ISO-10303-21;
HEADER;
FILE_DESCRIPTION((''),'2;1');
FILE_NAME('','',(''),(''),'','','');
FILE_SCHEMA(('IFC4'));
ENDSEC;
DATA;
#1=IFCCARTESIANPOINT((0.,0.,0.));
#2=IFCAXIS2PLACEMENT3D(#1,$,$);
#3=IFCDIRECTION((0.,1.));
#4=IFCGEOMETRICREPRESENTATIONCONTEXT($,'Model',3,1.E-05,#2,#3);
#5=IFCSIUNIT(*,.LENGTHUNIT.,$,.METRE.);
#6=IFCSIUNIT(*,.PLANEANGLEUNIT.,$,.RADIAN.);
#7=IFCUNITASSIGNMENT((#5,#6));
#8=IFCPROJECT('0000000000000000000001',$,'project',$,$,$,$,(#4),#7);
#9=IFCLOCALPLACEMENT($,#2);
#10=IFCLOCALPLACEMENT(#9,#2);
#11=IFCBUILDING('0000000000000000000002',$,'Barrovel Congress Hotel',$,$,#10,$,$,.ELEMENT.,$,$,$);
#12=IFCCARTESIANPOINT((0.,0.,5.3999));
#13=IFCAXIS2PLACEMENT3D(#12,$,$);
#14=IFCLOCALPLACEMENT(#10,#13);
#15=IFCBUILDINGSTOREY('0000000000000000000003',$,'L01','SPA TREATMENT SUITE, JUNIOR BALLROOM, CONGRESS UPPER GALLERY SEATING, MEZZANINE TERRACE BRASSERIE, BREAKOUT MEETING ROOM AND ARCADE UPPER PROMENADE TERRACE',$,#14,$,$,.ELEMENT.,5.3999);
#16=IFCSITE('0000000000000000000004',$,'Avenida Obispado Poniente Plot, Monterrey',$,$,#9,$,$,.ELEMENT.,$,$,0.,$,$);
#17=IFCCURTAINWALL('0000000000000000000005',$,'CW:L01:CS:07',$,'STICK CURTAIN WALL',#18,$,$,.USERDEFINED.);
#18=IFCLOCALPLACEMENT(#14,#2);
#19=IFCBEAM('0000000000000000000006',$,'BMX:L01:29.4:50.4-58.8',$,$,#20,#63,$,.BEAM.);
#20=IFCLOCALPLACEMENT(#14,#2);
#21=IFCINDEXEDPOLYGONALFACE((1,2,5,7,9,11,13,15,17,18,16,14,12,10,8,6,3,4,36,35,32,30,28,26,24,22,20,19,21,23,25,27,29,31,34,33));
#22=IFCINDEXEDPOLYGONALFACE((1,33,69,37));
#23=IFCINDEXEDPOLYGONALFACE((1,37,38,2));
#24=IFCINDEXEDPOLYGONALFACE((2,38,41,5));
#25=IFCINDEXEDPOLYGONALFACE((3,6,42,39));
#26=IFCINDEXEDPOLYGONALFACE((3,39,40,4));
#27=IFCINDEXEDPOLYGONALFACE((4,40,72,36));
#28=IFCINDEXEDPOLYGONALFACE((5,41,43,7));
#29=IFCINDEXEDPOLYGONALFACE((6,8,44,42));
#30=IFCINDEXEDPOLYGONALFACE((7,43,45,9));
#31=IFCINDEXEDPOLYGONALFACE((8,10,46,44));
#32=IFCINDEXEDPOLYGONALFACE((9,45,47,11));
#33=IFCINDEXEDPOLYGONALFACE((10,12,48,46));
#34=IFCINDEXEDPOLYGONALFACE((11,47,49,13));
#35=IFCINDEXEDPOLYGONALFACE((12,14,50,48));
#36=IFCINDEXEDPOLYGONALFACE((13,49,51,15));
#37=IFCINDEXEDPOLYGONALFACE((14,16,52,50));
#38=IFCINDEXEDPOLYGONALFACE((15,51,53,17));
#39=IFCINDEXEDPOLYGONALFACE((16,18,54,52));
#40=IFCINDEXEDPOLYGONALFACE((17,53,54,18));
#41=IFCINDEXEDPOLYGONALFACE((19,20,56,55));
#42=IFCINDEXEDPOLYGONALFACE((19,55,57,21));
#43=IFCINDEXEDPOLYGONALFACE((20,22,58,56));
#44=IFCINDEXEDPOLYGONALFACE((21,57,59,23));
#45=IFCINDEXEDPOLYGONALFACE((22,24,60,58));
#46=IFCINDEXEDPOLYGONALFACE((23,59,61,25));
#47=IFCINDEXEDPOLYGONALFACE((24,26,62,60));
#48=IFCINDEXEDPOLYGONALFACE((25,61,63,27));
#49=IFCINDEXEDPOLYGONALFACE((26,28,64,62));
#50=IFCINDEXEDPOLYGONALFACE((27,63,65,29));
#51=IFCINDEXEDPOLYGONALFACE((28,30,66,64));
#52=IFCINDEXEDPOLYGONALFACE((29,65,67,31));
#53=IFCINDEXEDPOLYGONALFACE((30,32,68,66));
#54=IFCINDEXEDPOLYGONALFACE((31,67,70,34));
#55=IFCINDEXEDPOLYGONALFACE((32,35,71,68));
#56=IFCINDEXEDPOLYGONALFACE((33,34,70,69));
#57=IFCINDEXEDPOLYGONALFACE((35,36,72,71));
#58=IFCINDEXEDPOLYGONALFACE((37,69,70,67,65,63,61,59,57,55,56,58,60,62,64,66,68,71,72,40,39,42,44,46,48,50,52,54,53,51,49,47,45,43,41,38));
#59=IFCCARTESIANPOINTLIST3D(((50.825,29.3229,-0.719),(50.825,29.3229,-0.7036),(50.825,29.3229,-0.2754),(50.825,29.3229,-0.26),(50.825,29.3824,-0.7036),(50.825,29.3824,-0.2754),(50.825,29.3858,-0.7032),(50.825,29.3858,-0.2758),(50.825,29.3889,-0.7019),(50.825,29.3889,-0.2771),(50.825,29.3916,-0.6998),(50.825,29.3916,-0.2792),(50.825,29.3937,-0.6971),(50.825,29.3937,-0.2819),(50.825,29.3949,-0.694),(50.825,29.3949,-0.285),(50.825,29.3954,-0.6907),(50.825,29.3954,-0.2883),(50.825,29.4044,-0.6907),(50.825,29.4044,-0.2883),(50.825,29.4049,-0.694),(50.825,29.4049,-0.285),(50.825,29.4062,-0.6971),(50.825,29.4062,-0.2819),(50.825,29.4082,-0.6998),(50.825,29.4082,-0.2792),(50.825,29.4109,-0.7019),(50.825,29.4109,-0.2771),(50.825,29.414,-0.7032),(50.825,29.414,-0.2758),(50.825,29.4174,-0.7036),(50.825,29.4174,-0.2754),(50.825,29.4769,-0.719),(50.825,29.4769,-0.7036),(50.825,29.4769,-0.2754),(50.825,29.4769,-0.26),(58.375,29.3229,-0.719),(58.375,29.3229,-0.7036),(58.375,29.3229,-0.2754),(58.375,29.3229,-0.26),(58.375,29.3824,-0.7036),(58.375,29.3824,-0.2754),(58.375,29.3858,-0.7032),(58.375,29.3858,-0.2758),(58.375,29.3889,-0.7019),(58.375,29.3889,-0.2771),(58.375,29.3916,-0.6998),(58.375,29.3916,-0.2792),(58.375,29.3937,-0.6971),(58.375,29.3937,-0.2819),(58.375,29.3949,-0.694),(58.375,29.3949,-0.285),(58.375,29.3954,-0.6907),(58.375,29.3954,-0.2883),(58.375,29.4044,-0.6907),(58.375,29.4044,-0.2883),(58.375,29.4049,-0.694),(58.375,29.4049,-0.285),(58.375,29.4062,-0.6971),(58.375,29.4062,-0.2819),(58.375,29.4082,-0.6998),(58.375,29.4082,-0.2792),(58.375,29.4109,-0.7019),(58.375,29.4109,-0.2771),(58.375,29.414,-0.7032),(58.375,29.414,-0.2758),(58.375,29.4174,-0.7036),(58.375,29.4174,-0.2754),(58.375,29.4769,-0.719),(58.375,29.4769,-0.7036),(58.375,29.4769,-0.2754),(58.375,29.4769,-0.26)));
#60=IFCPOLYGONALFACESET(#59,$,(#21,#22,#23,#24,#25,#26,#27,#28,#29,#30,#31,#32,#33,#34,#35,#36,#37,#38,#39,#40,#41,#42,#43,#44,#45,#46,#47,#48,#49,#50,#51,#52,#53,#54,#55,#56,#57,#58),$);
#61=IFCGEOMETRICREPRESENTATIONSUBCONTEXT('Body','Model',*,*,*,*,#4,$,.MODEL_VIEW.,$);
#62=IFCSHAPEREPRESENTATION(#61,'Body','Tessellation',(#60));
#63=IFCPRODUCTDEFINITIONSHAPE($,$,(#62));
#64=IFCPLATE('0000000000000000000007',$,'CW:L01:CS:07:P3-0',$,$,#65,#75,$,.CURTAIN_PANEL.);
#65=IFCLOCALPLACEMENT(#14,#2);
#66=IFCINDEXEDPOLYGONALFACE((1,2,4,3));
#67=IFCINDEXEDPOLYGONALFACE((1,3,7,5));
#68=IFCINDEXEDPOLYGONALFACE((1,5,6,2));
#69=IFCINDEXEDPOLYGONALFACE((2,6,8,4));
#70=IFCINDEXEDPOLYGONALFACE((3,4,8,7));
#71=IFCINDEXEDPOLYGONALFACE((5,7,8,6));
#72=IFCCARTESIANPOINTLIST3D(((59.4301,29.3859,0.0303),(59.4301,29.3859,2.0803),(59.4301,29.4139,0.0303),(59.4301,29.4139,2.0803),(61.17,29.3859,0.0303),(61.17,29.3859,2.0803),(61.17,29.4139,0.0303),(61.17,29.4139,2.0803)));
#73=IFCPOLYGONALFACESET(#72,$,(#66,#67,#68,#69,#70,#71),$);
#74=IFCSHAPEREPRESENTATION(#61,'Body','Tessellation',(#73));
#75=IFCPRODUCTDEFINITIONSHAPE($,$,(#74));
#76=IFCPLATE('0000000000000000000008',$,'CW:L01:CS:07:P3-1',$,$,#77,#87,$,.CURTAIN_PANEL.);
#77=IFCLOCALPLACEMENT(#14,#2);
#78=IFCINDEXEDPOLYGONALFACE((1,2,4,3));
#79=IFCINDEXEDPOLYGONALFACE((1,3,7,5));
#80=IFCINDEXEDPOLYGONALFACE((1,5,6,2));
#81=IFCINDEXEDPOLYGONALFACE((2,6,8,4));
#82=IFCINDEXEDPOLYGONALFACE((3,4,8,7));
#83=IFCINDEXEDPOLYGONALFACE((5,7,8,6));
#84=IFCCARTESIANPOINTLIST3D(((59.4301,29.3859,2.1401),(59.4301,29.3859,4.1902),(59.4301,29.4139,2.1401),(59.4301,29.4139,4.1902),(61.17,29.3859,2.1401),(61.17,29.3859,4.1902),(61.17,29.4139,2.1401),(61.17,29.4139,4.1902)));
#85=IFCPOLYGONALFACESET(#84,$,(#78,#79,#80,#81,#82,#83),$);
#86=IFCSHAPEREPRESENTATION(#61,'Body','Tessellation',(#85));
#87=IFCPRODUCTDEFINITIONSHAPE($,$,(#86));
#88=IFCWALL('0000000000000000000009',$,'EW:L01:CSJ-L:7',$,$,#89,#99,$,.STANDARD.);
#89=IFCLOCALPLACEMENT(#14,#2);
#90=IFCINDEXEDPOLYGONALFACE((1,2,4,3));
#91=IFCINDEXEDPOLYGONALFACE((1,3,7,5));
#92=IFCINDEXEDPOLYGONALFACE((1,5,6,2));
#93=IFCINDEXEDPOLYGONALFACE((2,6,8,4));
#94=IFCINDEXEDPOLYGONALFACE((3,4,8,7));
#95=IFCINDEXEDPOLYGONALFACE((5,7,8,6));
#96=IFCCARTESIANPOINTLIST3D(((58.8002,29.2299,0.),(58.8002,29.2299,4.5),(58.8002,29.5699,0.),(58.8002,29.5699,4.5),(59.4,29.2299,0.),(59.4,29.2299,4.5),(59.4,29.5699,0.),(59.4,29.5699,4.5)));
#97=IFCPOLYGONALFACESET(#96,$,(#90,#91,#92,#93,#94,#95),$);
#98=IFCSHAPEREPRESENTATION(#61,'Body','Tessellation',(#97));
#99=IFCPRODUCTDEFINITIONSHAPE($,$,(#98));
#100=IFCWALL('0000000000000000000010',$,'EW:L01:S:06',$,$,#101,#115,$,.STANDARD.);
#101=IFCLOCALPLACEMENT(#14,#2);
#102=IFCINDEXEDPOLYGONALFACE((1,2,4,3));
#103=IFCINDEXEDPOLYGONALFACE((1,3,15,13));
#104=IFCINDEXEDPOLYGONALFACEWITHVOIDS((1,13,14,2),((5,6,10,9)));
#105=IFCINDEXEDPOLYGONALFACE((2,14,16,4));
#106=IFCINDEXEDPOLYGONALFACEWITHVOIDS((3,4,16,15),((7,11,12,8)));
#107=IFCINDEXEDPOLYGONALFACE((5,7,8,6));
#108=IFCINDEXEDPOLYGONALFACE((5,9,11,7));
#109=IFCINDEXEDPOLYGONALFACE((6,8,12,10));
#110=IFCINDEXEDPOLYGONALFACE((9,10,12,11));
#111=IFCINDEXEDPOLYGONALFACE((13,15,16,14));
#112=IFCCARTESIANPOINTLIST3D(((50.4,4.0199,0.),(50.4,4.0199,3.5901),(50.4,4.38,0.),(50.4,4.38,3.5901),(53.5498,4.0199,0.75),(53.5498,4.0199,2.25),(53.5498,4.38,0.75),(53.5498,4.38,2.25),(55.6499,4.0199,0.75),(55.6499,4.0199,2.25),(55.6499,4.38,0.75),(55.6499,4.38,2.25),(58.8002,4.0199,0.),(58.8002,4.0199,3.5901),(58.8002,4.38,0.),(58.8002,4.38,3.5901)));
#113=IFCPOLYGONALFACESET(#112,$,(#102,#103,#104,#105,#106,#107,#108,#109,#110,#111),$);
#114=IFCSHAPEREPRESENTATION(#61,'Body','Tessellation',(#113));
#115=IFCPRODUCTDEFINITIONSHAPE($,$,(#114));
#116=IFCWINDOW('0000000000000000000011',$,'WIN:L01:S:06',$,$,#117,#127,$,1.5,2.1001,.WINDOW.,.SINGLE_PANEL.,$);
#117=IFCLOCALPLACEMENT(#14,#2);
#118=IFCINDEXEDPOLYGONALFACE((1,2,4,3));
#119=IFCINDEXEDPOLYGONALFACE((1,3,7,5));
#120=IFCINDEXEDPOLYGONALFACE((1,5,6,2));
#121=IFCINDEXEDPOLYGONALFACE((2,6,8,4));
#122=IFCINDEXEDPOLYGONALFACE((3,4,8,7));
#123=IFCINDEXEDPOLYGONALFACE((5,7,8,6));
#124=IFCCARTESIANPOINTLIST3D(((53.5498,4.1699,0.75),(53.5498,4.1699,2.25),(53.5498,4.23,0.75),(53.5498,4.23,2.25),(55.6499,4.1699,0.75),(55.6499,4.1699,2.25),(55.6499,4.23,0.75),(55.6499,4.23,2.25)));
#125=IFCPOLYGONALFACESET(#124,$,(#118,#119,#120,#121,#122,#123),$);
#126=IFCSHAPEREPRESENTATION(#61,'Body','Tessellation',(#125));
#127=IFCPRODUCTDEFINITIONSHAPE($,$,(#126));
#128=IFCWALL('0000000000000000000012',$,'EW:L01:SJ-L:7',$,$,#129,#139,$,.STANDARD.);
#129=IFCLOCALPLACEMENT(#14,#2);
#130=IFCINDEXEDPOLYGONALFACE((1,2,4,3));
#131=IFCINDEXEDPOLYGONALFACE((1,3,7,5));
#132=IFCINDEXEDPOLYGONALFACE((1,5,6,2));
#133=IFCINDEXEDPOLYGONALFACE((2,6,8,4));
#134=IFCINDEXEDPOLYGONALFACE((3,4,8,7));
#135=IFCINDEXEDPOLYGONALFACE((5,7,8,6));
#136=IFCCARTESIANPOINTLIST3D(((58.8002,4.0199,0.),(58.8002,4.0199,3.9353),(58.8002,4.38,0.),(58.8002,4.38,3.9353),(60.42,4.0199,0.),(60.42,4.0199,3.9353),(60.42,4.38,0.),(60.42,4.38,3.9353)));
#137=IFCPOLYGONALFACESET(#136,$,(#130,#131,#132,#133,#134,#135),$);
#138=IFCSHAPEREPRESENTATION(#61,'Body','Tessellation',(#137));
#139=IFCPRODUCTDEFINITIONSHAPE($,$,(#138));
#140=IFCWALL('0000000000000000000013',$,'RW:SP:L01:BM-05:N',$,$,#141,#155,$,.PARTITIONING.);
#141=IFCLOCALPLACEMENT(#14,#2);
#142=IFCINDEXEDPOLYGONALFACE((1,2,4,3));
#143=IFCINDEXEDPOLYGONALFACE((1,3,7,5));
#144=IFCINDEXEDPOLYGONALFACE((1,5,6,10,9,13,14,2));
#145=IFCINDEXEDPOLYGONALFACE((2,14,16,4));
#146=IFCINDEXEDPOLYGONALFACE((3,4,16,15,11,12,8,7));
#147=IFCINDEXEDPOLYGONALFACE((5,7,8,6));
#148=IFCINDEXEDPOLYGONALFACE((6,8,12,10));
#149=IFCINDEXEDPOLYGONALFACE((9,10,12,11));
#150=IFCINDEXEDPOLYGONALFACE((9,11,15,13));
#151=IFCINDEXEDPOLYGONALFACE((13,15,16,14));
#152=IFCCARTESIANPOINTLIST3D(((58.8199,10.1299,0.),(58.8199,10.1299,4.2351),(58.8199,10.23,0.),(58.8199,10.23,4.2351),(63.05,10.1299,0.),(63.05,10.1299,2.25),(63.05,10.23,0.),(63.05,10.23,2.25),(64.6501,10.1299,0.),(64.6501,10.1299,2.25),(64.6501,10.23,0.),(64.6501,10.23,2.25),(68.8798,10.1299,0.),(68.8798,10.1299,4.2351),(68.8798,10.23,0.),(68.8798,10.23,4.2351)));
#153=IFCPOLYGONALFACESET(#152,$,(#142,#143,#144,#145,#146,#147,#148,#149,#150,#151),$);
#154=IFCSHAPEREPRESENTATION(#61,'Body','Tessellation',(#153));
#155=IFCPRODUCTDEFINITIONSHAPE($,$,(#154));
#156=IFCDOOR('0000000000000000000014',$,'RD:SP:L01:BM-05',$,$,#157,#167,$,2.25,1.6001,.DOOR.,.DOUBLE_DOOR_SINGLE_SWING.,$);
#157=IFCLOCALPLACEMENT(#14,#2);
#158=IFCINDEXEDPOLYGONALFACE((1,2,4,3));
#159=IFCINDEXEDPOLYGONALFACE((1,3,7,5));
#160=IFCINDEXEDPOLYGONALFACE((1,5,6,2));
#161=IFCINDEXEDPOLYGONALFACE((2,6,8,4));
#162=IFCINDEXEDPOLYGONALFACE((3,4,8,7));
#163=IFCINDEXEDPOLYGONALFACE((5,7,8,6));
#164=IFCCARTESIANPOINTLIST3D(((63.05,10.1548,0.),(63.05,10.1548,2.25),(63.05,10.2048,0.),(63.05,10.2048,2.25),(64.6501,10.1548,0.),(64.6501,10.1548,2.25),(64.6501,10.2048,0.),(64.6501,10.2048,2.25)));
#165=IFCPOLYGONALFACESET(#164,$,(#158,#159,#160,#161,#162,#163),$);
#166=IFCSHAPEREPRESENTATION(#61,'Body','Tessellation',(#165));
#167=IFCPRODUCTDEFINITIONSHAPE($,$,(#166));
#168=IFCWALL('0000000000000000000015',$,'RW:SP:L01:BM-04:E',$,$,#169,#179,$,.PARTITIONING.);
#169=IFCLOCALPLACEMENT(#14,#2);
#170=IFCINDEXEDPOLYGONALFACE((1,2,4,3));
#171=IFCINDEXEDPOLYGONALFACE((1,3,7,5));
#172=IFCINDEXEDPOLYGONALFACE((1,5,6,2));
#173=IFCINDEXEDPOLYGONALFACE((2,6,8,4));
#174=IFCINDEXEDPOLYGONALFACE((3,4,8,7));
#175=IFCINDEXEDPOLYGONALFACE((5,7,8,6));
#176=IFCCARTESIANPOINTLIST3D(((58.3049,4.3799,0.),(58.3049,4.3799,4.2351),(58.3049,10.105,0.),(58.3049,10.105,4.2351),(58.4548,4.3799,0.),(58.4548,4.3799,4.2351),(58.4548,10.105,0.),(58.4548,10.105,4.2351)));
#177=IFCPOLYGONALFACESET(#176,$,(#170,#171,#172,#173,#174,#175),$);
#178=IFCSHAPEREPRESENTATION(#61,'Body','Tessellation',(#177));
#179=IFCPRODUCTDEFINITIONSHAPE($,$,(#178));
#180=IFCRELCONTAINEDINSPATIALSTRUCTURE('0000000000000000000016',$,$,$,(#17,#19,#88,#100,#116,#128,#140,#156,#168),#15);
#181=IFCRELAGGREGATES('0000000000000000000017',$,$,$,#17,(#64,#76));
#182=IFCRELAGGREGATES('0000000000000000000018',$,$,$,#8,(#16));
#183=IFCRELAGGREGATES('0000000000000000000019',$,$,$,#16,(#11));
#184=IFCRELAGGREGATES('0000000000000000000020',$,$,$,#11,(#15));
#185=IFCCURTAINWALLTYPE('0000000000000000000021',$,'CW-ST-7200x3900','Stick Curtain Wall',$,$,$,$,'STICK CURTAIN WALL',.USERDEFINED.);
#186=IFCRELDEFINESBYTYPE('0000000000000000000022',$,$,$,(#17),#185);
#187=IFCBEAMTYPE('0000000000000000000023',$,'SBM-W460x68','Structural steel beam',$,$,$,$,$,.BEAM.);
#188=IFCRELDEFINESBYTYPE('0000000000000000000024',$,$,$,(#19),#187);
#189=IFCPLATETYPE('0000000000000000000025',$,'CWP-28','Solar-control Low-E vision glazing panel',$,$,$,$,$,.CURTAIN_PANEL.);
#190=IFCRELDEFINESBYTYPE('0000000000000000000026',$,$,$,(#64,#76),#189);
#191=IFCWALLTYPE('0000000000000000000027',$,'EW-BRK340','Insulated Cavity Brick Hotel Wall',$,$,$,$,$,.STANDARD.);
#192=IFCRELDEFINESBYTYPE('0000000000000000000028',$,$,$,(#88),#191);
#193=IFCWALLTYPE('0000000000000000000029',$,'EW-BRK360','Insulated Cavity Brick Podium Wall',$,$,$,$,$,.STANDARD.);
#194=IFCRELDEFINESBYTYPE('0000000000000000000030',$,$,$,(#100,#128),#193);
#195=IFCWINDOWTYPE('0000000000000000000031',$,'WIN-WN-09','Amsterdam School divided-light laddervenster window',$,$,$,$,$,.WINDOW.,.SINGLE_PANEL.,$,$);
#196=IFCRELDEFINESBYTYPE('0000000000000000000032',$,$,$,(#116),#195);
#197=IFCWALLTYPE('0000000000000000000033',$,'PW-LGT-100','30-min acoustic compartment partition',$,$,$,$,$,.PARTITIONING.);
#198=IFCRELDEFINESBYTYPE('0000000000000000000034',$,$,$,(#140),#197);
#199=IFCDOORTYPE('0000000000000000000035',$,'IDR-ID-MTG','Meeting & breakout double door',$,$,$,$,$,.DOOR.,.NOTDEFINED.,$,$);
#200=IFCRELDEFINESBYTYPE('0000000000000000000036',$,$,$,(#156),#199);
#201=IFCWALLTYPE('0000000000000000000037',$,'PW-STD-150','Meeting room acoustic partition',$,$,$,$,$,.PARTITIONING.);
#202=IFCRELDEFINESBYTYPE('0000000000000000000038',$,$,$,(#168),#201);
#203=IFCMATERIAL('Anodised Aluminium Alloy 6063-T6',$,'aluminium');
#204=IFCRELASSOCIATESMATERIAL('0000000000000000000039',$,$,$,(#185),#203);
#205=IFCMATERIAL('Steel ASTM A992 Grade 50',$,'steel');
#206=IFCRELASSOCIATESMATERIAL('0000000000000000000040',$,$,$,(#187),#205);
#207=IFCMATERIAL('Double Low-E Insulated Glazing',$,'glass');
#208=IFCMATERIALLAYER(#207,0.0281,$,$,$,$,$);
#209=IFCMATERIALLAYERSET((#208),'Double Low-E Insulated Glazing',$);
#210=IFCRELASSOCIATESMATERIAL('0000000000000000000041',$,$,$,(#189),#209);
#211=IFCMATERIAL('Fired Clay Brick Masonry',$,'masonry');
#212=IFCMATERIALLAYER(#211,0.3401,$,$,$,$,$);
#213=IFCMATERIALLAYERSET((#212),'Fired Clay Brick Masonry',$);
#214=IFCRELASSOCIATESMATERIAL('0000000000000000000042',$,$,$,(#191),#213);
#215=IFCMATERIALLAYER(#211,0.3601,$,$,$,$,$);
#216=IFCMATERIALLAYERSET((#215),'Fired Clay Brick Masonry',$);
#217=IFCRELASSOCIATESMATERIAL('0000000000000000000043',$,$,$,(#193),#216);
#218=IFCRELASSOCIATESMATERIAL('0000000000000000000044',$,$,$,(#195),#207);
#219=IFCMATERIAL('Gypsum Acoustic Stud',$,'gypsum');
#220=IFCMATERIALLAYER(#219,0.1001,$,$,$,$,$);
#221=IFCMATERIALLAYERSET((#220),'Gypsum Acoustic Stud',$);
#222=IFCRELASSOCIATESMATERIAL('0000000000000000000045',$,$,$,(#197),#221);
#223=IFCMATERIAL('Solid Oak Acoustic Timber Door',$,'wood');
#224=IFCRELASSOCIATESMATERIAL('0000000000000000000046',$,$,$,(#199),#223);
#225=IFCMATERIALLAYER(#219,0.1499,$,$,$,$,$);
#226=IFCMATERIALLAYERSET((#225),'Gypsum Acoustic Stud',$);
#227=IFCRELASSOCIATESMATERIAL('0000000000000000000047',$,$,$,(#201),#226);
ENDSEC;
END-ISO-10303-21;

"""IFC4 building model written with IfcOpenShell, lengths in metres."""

from ifc_helpers import new_model, si_unit, direction, frame, frame_2d, origin, origin_2d, place, context, subcontext, project, spatial, rectangle, i_section, extrude, material, layer, layer_set, material_profile, profile_set, type_object, element, fill, aggregate, save


model = new_model("IFC4")

# Units and contexts
model_context = context("Model", 3, precision=1e-05, world=origin(), true_north=direction((0.0, 1.0)))
body_context = subcontext(model_context, "Body", "Model", "MODEL_VIEW")
ifc_project = project(units=[si_unit("LENGTHUNIT", "METRE"), si_unit("PLANEANGLEUNIT", "RADIAN")], contexts=[model_context])

# Site, building, storey
site_placement = place(None, origin())
site = spatial("IfcSite", under=ifc_project, at=site_placement, Name="Avenida Obispado Poniente Plot, Monterrey", CompositionType="ELEMENT", RefElevation=0.0)
building_placement = place(site_placement, origin())
building = spatial("IfcBuilding", under=site, at=building_placement, Name="Barrovel Congress Hotel", CompositionType="ELEMENT")
storey_placement = place(building_placement, frame((0.0, 0.0, 5.3999)))
storey = spatial("IfcBuildingStorey", under=building, at=storey_placement, Name="L01", Description="SPA TREATMENT SUITE, JUNIOR BALLROOM, CONGRESS UPPER GALLERY SEATING, MEZZANINE TERRACE BRASSERIE, BREAKOUT MEETING ROOM AND ARCADE UPPER PROMENADE TERRACE", CompositionType="ELEMENT", Elevation=5.3999)

# Curtain wall
ifc_material_1 = material(Name="Anodised Aluminium Alloy 6063-T6", Category="aluminium")
curtain_wall_type = type_object("IfcCurtainWallType", Name="CW-ST-7200x3900", Description="Stick Curtain Wall", ElementType="STICK CURTAIN WALL", PredefinedType="USERDEFINED", material=ifc_material_1)
curtain_wall_1_placement = place(storey_placement, origin())
curtain_wall_1 = element("IfcCurtainWall", 1, at=curtain_wall_1_placement, inside=storey, type_object=curtain_wall_type, Name="CW:L01:CS:07", ObjectType="STICK CURTAIN WALL", PredefinedType="USERDEFINED")

# Beam
ifc_material_2 = material(Name="Steel ASTM A992 Grade 50", Category="steel")
ifc_material_profile_1 = material_profile(ifc_material_2, i_section(OverallWidth=0.1541, OverallDepth=0.459, WebThickness=0.009, FlangeThickness=0.0154, FilletRadius=0.0129, at=origin_2d()), Name="W460x68")
ifc_profile_set_1 = profile_set([ifc_material_profile_1], Name="Steel ASTM A992 Grade 50")
beam_type_1 = type_object("IfcBeamType", Name="SBM-W460x68", Description="Structural steel beam", PredefinedType="BEAM", material=ifc_profile_set_1)
beam_1_placement = place(storey_placement, frame((50.825, 29.3999, -0.4895), z_axis=(1.0, 0.0, 0.0), x_axis=(0.0, 1.0, 0.0)))
element("IfcBeam", 2, at=beam_1_placement, inside=storey, type_object=beam_type_1, Name="BMX:L01:29.4:50.4-58.8", PredefinedType="BEAM", context=body_context, shape_type="SweptSolid", body=[
    extrude(i_section(OverallWidth=0.1541, OverallDepth=0.459, WebThickness=0.009, FlangeThickness=0.0154, FilletRadius=0.0129, at=origin_2d()), origin(), (0.0, 0.0, 1.0), 7.55),
])

# Plates
ifc_material_3 = material(Name="Double Low-E Insulated Glazing", Category="glass")
ifc_layer_1 = layer(ifc_material_3, 0.0281)
ifc_layer_set_1 = layer_set([ifc_layer_1], Name="Double Low-E Insulated Glazing")
plate_type = type_object("IfcPlateType", Name="CWP-28", Description="Solar-control Low-E vision glazing panel", PredefinedType="CURTAIN_PANEL", material=ifc_layer_set_1)
plate_1_placement = place(storey_placement, frame((60.3, 29.3999, 0.0303), z_axis=(0.0, 0.0, 1.0), x_axis=(-1.0, 0.0, 0.0)))
plate_1 = element("IfcPlate", 3, at=plate_1_placement, type_object=plate_type, Name="CW:L01:CS:07:P3-0", PredefinedType="CURTAIN_PANEL", context=body_context, shape_type="SweptSolid", body=[
    extrude(rectangle(XDim=1.74, YDim=0.0281, at=origin_2d()), origin(), (0.0, 0.0, 1.0), 2.05),
])
plate_2_placement = place(storey_placement, frame((60.3, 29.3999, 2.1401), z_axis=(0.0, 0.0, 1.0), x_axis=(-1.0, 0.0, 0.0)))
plate_2 = element("IfcPlate", 4, at=plate_2_placement, type_object=plate_type, Name="CW:L01:CS:07:P3-1", PredefinedType="CURTAIN_PANEL", context=body_context, shape_type="SweptSolid", body=[
    extrude(rectangle(XDim=1.74, YDim=0.0281, at=origin_2d()), origin(), (0.0, 0.0, 1.0), 2.05),
])
aggregate(curtain_wall_1, [plate_1, plate_2])

# Wall
ifc_material_4 = material(Name="Fired Clay Brick Masonry", Category="masonry")
ifc_layer_2 = layer(ifc_material_4, 0.3401)
ifc_layer_set_2 = layer_set([ifc_layer_2], Name="Fired Clay Brick Masonry")
wall_type_1 = type_object("IfcWallType", Name="EW-BRK340", Description="Insulated Cavity Brick Hotel Wall", PredefinedType="STANDARD", material=ifc_layer_set_2)
wall_1_placement = place(storey_placement, frame((59.3999, 29.3999, 0.0), z_axis=(0.0, 0.0, 1.0), x_axis=(-1.0, 0.0, 0.0)))
element("IfcWall", 5, at=wall_1_placement, inside=storey, type_object=wall_type_1, Name="EW:L01:CSJ-L:7", PredefinedType="STANDARD", context=body_context, shape_type="SweptSolid", body=[
    extrude(rectangle(XDim=0.5999, YDim=0.3401, at=frame_2d((0.2998, 0.0))), origin(), (0.0, 0.0, 1.0), 4.5),
])

# Wall, opening, window
ifc_layer_3 = layer(ifc_material_4, 0.3601)
ifc_layer_set_3 = layer_set([ifc_layer_3], Name="Fired Clay Brick Masonry")
wall_type_2 = type_object("IfcWallType", Name="EW-BRK360", Description="Insulated Cavity Brick Podium Wall", PredefinedType="STANDARD", material=ifc_layer_set_3)
wall_2_placement = place(storey_placement, frame((50.3999, 4.2, 0.0), z_axis=(0.0, 0.0, 1.0), x_axis=(1.0, 0.0, 0.0)))
wall_2 = element("IfcWall", 6, at=wall_2_placement, inside=storey, type_object=wall_type_2, Name="EW:L01:S:06", PredefinedType="STANDARD", context=body_context, shape_type="SweptSolid", body=[
    extrude(rectangle(XDim=8.4001, YDim=0.3601, at=frame_2d((4.2002, 0.0))), origin(), (0.0, 0.0, 1.0), 3.5901),
])
opening_1_placement = place(wall_2_placement, frame((3.1499, 0.0, 0.75)))
opening_1 = element("IfcOpeningElement", 7, at=opening_1_placement, cuts=wall_2, PredefinedType="OPENING", context=body_context, shape_type="SweptSolid", body=[
    extrude(rectangle(XDim=2.1001, YDim=1.5, at=frame_2d((1.05, 0.75))), frame((0.0, 0.1899, 0.0), z_axis=(0.0, -1.0, 0.0), x_axis=(1.0, 0.0, 0.0)), (0.0, 0.0, 1.0), 0.3801),
])
window_type = type_object("IfcWindowType", Name="WIN-WN-09", Description="Amsterdam School divided-light laddervenster window", PartitioningType="SINGLE_PANEL", PredefinedType="WINDOW", material=ifc_material_3)
window_placement = place(opening_1_placement, origin())
window = element("IfcWindow", 8, at=window_placement, inside=storey, type_object=window_type, Name="WIN:L01:S:06", OverallHeight=1.5, OverallWidth=2.1001, PartitioningType="SINGLE_PANEL", PredefinedType="WINDOW", context=body_context, shape_type="SweptSolid", body=[
    extrude(rectangle(XDim=2.1001, YDim=1.5, at=frame_2d((1.05, 0.75))), frame((0.0, 0.03, 0.0), z_axis=(0.0, -1.0, 0.0), x_axis=(1.0, 0.0, 0.0)), (0.0, 0.0, 1.0), 0.0601),
])
fill(opening_1, window)

# Wall
wall_3_placement = place(storey_placement, frame((58.8, 4.2, 0.0), z_axis=(0.0, 0.0, 1.0), x_axis=(1.0, 0.0, 0.0)))
element("IfcWall", 9, at=wall_3_placement, inside=storey, type_object=wall_type_2, Name="EW:L01:SJ-L:7", PredefinedType="STANDARD", context=body_context, shape_type="SweptSolid", body=[
    extrude(rectangle(XDim=1.6199, YDim=0.3601, at=frame_2d((0.8101, 0.0))), origin(), (0.0, 0.0, 1.0), 3.9353),
])

# Wall, opening, door
ifc_material_5 = material(Name="Gypsum Acoustic Stud", Category="gypsum")
ifc_layer_4 = layer(ifc_material_5, 0.1001)
ifc_layer_set_4 = layer_set([ifc_layer_4], Name="Gypsum Acoustic Stud")
wall_type_3 = type_object("IfcWallType", Name="PW-LGT-100", Description="30-min acoustic compartment partition", PredefinedType="PARTITIONING", material=ifc_layer_set_4)
wall_4_placement = place(storey_placement, frame((58.8201, 10.1799, 0.0), z_axis=(0.0, 0.0, 1.0), x_axis=(1.0, 0.0, 0.0)))
wall_4 = element("IfcWall", 10, at=wall_4_placement, inside=storey, type_object=wall_type_3, Name="RW:SP:L01:BM-05:N", PredefinedType="PARTITIONING", context=body_context, shape_type="SweptSolid", body=[
    extrude(rectangle(XDim=10.0598, YDim=0.1001, at=frame_2d((5.0298, 0.0))), origin(), (0.0, 0.0, 1.0), 4.2351),
])
opening_2_placement = place(wall_4_placement, frame((4.23, 0.0, 0.0)))
opening_2 = element("IfcOpeningElement", 11, at=opening_2_placement, cuts=wall_4, PredefinedType="OPENING", context=body_context, shape_type="SweptSolid", body=[
    extrude(rectangle(XDim=1.6001, YDim=2.25, at=frame_2d((0.8, 1.125))), frame((0.0, 0.0601, 0.0), z_axis=(0.0, -1.0, 0.0), x_axis=(1.0, 0.0, 0.0)), (0.0, 0.0, 1.0), 0.1201),
])
ifc_material_6 = material(Name="Solid Oak Acoustic Timber Door", Category="wood")
door_type = type_object("IfcDoorType", Name="IDR-ID-MTG", Description="Meeting & breakout double door", OperationType="NOTDEFINED", PredefinedType="DOOR", material=ifc_material_6)
door_placement = place(opening_2_placement, origin())
door = element("IfcDoor", 12, at=door_placement, inside=storey, type_object=door_type, Name="RD:SP:L01:BM-05", OperationType="DOUBLE_DOOR_SINGLE_SWING", OverallHeight=2.25, OverallWidth=1.6001, PredefinedType="DOOR", context=body_context, shape_type="SweptSolid", body=[
    extrude(rectangle(XDim=1.6001, YDim=2.25, at=frame_2d((0.8, 1.125))), frame((0.0, 0.0249, 0.0), z_axis=(0.0, -1.0, 0.0), x_axis=(1.0, 0.0, 0.0)), (0.0, 0.0, 1.0), 0.05),
])
fill(opening_2, door)

# Wall
ifc_layer_5 = layer(ifc_material_5, 0.1499)
ifc_layer_set_5 = layer_set([ifc_layer_5], Name="Gypsum Acoustic Stud")
wall_type_4 = type_object("IfcWallType", Name="PW-STD-150", Description="Meeting room acoustic partition", PredefinedType="PARTITIONING", material=ifc_layer_set_5)
wall_5_placement = place(storey_placement, frame((58.3799, 4.3799, 0.0), z_axis=(0.0, 0.0, 1.0), x_axis=(0.0, 1.0, 0.0)))
element("IfcWall", 13, at=wall_5_placement, inside=storey, type_object=wall_type_4, Name="RW:SP:L01:BM-04:E", PredefinedType="PARTITIONING", context=body_context, shape_type="SweptSolid", body=[
    extrude(rectangle(XDim=5.7251, YDim=0.1499, at=frame_2d((2.8625, 0.0))), origin(), (0.0, 0.0, 1.0), 4.2351),
])

save(model, "model.ifc")
